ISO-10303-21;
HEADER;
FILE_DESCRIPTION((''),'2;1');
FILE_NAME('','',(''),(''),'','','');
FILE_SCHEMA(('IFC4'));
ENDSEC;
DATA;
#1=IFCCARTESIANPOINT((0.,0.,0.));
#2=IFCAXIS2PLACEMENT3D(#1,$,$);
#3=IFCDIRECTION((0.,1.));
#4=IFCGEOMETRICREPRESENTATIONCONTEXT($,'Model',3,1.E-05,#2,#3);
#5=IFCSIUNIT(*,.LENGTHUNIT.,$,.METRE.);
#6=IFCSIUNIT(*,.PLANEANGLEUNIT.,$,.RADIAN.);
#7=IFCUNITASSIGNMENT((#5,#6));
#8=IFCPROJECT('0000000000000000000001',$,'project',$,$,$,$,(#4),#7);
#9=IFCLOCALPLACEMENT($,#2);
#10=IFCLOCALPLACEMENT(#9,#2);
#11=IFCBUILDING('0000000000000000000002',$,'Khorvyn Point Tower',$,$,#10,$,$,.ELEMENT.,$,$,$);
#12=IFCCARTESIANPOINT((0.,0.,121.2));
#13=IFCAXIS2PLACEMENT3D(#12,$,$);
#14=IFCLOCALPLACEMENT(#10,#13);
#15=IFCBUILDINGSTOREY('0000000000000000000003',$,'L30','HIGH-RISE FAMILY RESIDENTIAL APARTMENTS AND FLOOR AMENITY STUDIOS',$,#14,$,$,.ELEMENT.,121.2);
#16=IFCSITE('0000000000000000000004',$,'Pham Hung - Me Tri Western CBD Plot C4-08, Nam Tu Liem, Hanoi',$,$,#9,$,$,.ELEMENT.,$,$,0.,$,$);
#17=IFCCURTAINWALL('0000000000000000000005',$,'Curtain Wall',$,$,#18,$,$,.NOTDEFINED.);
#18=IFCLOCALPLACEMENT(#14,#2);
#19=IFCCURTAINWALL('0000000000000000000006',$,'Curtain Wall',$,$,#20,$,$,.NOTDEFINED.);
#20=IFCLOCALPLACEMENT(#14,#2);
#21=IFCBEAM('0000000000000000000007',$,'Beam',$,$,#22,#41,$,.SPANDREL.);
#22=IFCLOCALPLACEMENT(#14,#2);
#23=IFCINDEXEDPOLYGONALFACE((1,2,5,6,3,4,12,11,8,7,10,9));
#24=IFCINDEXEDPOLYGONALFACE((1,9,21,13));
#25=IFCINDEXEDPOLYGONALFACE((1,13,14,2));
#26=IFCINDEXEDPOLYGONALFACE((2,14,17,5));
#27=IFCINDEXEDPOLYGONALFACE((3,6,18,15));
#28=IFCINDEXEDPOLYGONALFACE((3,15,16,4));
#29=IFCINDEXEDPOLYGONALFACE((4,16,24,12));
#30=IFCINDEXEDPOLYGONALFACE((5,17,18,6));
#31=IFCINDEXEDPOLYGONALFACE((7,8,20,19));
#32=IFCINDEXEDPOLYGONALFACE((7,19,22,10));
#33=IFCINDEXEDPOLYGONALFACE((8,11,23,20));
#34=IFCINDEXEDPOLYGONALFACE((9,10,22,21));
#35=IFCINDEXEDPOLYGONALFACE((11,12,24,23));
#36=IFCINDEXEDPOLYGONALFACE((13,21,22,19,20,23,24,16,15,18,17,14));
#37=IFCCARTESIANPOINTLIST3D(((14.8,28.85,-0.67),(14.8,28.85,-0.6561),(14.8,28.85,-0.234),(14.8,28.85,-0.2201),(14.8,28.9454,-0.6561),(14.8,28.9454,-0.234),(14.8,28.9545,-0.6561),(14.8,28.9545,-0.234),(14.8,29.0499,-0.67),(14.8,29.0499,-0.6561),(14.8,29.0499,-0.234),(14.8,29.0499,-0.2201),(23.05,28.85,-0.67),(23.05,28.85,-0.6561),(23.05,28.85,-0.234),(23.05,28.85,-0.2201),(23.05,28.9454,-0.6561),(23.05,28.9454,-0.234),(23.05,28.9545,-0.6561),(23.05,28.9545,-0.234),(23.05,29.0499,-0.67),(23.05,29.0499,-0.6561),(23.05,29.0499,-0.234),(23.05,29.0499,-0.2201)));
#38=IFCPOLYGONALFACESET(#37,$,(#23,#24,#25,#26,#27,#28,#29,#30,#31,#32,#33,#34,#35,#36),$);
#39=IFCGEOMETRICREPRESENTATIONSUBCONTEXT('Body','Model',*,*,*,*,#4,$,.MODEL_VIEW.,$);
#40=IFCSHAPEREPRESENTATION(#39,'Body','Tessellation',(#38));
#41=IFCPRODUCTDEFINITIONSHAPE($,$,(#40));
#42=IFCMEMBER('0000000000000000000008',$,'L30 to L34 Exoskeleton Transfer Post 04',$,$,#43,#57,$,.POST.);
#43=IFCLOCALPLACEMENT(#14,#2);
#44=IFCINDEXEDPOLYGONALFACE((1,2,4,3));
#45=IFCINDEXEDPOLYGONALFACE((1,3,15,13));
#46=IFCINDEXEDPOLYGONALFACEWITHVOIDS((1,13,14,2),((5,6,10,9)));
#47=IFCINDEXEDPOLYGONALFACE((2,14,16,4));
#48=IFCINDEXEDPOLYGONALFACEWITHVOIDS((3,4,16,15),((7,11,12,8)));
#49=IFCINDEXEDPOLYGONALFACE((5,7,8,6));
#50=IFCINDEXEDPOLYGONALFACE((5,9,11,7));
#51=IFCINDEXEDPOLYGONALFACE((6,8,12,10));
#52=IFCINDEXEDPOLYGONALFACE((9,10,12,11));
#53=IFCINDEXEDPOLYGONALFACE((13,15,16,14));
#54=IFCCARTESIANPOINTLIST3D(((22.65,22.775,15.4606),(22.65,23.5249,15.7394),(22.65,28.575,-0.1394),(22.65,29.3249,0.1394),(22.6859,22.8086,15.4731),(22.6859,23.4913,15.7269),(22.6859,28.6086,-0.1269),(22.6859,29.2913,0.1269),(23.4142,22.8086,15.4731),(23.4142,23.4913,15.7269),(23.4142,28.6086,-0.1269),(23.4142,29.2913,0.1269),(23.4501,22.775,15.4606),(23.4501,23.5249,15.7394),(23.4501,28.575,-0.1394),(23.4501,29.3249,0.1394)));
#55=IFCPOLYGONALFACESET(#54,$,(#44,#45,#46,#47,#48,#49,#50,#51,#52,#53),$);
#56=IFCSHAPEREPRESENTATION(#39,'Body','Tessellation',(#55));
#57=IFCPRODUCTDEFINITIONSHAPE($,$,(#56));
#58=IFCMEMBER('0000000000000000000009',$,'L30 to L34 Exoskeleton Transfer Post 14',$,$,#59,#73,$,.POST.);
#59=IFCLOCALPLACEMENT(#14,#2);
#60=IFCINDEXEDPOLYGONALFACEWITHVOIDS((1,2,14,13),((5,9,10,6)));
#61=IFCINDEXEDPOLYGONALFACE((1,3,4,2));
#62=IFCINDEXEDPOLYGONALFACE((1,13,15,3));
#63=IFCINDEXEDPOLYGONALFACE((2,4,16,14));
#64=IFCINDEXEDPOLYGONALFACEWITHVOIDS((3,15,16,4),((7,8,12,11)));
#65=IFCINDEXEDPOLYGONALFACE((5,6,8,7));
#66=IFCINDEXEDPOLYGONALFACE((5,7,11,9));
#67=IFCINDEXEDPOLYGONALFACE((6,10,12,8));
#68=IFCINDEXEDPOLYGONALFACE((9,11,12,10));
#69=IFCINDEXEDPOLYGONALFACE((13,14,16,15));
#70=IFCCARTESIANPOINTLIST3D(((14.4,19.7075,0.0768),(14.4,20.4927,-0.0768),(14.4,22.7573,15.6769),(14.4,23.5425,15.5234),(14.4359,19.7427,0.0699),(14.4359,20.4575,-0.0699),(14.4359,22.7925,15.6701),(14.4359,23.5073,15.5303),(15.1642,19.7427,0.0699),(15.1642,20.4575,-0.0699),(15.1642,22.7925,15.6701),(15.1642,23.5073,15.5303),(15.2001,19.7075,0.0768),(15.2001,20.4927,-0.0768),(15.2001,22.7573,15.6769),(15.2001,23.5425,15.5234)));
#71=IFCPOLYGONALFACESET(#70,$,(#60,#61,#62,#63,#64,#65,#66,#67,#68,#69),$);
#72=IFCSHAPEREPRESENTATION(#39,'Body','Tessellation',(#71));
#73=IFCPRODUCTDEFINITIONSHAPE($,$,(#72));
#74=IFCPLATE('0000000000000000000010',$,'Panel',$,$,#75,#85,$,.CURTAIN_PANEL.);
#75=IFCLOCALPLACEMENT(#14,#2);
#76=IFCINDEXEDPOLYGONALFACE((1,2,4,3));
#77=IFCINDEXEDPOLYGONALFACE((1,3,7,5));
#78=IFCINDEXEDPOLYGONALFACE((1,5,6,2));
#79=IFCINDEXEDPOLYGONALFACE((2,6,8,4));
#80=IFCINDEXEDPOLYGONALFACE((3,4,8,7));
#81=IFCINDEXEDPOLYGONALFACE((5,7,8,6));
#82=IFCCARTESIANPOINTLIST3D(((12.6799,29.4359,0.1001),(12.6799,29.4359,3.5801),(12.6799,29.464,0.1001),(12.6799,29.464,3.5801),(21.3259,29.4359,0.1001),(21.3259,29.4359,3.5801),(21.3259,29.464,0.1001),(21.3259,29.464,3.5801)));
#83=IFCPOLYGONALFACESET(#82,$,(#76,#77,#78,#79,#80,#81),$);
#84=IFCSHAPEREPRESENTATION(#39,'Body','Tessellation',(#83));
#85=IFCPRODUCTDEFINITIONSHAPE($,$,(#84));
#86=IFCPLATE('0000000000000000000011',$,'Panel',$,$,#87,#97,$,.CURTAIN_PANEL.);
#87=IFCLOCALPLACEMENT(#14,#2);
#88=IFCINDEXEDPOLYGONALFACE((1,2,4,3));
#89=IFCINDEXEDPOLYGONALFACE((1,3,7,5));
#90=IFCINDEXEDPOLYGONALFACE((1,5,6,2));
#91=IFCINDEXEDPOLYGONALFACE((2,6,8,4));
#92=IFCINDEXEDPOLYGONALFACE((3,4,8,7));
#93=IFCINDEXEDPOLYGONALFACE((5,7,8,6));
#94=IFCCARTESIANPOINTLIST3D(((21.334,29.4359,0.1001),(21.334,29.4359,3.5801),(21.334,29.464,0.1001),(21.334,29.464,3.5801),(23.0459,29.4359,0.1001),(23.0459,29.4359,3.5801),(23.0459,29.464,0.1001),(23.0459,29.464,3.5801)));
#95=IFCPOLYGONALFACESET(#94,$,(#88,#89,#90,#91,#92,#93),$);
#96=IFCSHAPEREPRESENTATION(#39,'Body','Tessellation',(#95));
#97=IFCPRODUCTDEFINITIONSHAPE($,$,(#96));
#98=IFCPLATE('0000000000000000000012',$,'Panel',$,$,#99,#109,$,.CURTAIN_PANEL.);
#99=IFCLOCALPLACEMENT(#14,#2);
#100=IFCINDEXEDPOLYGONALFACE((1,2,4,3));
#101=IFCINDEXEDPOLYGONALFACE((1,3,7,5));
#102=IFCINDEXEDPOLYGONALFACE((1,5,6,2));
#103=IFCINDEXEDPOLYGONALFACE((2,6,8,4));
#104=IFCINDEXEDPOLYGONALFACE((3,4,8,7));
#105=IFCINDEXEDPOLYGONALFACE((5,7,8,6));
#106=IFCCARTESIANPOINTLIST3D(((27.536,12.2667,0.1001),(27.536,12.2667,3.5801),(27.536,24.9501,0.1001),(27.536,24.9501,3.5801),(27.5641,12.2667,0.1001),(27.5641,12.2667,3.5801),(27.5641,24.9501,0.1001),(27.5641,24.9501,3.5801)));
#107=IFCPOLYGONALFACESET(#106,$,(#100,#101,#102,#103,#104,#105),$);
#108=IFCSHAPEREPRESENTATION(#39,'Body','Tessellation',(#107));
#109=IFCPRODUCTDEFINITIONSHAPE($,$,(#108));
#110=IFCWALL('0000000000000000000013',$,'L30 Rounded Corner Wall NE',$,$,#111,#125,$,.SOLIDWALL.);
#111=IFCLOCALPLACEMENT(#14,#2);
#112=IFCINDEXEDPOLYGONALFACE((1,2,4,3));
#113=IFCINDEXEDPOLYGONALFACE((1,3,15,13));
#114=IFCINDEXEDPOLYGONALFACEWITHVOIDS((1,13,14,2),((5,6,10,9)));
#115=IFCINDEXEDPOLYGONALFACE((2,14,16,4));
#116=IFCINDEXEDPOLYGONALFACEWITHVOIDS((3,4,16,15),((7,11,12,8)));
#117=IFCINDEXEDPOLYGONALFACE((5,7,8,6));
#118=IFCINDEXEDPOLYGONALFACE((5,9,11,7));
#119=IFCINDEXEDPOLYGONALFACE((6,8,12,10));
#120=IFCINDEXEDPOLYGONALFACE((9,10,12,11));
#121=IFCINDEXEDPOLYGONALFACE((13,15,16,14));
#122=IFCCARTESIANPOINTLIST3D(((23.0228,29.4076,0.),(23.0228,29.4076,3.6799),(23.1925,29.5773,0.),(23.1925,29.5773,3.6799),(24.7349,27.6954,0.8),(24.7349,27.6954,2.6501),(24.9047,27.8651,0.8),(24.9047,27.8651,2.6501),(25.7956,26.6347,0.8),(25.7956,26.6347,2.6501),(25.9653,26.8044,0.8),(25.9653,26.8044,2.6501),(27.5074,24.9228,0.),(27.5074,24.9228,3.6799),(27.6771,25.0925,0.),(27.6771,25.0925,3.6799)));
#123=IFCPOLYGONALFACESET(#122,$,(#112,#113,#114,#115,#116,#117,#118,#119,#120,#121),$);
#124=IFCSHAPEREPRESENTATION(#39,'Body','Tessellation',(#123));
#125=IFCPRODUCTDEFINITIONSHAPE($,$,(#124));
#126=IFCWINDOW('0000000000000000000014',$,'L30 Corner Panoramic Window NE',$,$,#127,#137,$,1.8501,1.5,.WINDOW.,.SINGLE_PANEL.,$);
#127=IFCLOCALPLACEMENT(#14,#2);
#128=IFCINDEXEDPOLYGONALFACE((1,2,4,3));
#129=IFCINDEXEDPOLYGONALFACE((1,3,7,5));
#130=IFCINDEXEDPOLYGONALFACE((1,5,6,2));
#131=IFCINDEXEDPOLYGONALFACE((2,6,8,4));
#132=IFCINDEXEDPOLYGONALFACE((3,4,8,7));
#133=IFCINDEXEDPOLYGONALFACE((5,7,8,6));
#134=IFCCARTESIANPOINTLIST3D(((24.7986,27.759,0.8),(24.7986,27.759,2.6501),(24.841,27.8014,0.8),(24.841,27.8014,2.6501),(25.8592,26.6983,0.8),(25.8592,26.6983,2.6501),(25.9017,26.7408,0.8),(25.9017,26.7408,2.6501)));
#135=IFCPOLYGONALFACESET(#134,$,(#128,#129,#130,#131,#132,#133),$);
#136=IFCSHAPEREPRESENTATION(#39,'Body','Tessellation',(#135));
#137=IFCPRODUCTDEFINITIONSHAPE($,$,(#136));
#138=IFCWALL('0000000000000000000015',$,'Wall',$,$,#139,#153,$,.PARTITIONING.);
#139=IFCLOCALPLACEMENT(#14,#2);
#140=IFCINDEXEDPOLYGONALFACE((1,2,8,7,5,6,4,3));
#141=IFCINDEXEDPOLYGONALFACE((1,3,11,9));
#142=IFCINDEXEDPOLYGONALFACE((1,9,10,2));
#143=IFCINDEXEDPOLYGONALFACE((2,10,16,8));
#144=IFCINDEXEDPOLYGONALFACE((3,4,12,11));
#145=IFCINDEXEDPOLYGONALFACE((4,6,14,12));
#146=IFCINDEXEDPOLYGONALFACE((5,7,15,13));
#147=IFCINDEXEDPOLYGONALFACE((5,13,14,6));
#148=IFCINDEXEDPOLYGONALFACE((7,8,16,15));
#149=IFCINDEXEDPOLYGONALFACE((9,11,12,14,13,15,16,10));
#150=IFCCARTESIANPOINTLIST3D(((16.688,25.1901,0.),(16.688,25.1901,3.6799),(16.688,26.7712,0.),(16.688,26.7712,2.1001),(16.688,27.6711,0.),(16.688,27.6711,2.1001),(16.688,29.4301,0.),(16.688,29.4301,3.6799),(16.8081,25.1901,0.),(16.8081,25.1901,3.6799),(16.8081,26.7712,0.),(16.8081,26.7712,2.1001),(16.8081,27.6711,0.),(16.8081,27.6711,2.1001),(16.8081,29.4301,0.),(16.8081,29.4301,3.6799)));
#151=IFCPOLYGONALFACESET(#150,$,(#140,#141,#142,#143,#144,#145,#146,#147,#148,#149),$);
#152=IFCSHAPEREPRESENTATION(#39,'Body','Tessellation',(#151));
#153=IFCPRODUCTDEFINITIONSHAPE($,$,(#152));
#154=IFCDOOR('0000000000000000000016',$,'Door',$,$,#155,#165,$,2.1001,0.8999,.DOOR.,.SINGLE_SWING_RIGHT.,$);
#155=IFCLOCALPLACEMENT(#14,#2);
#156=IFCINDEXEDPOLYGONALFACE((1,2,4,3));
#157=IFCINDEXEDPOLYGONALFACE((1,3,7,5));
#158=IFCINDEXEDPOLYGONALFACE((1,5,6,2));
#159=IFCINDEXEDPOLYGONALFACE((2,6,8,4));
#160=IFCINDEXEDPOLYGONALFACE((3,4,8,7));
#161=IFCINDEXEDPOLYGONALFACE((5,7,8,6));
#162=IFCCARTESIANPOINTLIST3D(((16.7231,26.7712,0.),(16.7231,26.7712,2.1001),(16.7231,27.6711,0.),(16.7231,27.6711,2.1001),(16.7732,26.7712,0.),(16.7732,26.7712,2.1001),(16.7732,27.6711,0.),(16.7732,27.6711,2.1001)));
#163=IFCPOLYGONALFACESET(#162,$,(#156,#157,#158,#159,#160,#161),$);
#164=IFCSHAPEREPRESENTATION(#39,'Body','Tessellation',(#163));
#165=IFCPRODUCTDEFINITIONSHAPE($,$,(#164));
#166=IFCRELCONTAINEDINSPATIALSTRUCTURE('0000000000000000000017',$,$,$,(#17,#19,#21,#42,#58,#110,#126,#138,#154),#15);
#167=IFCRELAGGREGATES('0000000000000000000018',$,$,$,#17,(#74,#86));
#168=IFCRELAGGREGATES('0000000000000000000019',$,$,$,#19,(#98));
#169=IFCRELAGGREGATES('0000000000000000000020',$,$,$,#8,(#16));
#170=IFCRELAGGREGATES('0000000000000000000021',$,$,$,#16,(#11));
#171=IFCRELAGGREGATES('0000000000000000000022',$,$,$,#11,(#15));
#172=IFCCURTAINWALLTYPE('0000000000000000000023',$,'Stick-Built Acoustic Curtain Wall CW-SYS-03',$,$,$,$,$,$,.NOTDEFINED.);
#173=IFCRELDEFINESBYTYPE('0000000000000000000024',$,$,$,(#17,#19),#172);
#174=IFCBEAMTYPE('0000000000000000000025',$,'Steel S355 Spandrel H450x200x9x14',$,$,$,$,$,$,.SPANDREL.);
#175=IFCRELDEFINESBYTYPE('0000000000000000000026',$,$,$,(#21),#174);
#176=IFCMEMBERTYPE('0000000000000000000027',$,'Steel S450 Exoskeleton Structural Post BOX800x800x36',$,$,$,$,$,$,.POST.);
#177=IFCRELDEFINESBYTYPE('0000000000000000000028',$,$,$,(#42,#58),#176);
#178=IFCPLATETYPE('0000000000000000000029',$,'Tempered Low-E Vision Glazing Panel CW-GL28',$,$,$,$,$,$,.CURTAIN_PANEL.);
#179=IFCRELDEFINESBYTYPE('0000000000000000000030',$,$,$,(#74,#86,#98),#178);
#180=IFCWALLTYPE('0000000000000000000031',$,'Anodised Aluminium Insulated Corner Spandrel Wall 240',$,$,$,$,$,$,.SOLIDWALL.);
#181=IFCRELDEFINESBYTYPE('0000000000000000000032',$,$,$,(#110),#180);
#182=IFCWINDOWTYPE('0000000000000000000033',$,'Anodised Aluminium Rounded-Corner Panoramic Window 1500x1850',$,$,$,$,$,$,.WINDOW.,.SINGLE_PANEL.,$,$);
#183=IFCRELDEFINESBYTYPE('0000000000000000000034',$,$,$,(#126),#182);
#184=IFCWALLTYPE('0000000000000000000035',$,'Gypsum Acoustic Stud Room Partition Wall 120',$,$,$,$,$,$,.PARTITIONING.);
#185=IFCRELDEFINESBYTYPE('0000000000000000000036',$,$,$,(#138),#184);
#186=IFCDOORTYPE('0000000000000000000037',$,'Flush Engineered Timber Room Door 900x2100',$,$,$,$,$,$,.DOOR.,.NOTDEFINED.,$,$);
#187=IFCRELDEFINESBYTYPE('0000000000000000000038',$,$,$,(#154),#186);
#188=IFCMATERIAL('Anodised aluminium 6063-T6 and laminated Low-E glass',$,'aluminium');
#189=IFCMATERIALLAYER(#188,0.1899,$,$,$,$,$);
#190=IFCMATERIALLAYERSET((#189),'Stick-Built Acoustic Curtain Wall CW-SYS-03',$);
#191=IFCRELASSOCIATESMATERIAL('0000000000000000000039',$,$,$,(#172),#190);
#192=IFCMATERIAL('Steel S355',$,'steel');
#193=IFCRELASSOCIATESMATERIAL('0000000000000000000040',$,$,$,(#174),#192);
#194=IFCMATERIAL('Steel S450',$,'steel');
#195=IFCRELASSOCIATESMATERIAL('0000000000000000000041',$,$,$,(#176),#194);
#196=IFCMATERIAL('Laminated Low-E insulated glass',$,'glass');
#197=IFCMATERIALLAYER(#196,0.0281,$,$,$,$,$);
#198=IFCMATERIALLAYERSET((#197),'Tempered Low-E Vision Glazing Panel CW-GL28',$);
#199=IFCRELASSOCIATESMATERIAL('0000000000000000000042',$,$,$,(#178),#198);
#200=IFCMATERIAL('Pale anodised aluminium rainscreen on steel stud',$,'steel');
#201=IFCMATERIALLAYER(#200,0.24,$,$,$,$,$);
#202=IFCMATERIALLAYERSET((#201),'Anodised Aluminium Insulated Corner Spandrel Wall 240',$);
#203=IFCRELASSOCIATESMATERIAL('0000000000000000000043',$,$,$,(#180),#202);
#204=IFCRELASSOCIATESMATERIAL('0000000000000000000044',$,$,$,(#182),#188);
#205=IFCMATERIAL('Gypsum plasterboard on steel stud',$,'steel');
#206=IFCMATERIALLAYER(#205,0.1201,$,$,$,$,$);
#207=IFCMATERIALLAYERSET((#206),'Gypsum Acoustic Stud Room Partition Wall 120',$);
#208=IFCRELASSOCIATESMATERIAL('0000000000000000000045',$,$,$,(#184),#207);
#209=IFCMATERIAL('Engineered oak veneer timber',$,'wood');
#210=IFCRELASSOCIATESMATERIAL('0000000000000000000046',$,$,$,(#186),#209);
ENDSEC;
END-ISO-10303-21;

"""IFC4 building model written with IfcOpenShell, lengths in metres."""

from ifc_helpers import new_model, si_unit, direction, frame, frame_2d, origin, origin_2d, place, context, subcontext, project, spatial, rectangle, hollow_rectangle, i_section, extrude, material, layer, layer_set, material_profile, profile_set, type_object, element, fill, aggregate, save


model = new_model("IFC4")

# Units and contexts
model_context = context("Model", 3, precision=1e-05, world=origin(), true_north=direction((0.0, 1.0)))
body_context = subcontext(model_context, "Body", "Model", "MODEL_VIEW")
ifc_project = project(units=[si_unit("LENGTHUNIT", "METRE"), si_unit("PLANEANGLEUNIT", "RADIAN")], contexts=[model_context])

# Site, building, storey
site_placement = place(None, origin())
site = spatial("IfcSite", under=ifc_project, at=site_placement, Name="Pham Hung - Me Tri Western CBD Plot C4-08, Nam Tu Liem, Hanoi", CompositionType="ELEMENT", RefElevation=0.0)
building_placement = place(site_placement, origin())
building = spatial("IfcBuilding", under=site, at=building_placement, Name="Khorvyn Point Tower", CompositionType="ELEMENT")
storey_placement = place(building_placement, frame((0.0, 0.0, 121.2)))
storey = spatial("IfcBuildingStorey", under=building, at=storey_placement, Name="L30", Description="HIGH-RISE FAMILY RESIDENTIAL APARTMENTS AND FLOOR AMENITY STUDIOS", CompositionType="ELEMENT", Elevation=121.2)

# Shared definitions
ifc_material_1 = material(Name="Steel S450", Category="steel")

# Curtain wall
ifc_material_2 = material(Name="Anodised aluminium 6063-T6 and laminated Low-E glass", Category="aluminium")
ifc_layer_1 = layer(ifc_material_2, 0.1899)
ifc_layer_set_1 = layer_set([ifc_layer_1], Name="Stick-Built Acoustic Curtain Wall CW-SYS-03")
curtain_wall_type = type_object("IfcCurtainWallType", Name="Stick-Built Acoustic Curtain Wall CW-SYS-03", PredefinedType="NOTDEFINED", material=ifc_layer_set_1)
curtain_wall_1_placement = place(storey_placement, origin())
curtain_wall_1 = element("IfcCurtainWall", 1, at=curtain_wall_1_placement, inside=storey, type_object=curtain_wall_type, Name="Curtain Wall", PredefinedType="NOTDEFINED")

# Curtain wall
curtain_wall_2_placement = place(storey_placement, origin())
curtain_wall_2 = element("IfcCurtainWall", 2, at=curtain_wall_2_placement, inside=storey, type_object=curtain_wall_type, Name="Curtain Wall", PredefinedType="NOTDEFINED")

# Beam
ifc_material_3 = material(Name="Steel S355", Category="steel")
ifc_material_profile_1 = material_profile(ifc_material_3, i_section(OverallWidth=0.2, OverallDepth=0.45, WebThickness=0.009, FlangeThickness=0.0139, at=origin_2d()))
ifc_profile_set_1 = profile_set([ifc_material_profile_1], Name="Steel S355 H450x200x9x14")
beam_type_1 = type_object("IfcBeamType", Name="Steel S355 Spandrel H450x200x9x14", PredefinedType="SPANDREL", material=ifc_profile_set_1)
beam_1_placement = place(storey_placement, frame((14.8, 28.95, -0.4451), z_axis=(1.0, 0.0, 0.0), x_axis=(0.0, 1.0, 0.0)))
element("IfcBeam", 3, at=beam_1_placement, inside=storey, type_object=beam_type_1, Name="Beam", PredefinedType="SPANDREL", context=body_context, shape_type="SweptSolid", body=[
    extrude(i_section(OverallWidth=0.2, OverallDepth=0.45, WebThickness=0.009, FlangeThickness=0.0139, at=origin_2d()), origin(), (0.0, 0.0, 1.0), 8.25),
])

# Members
ifc_material_profile_2 = material_profile(ifc_material_1, hollow_rectangle(XDim=0.8, YDim=0.8, WallThickness=0.0359, at=origin_2d()))
ifc_profile_set_2 = profile_set([ifc_material_profile_2], Name="Steel S450 BOX800x800x36")
member_type_1 = type_object("IfcMemberType", Name="Steel S450 Exoskeleton Structural Post BOX800x800x36", PredefinedType="POST", material=ifc_profile_set_2)
member_1_placement = place(storey_placement, frame((23.05, 28.95, 0.0), z_axis=(0.0, -0.348489, 0.937313), x_axis=(1.0, 0.0, 0.0)))
element("IfcMember", 4, at=member_1_placement, inside=storey, type_object=member_type_1, Name="L30 to L34 Exoskeleton Transfer Post 04", PredefinedType="POST", context=body_context, shape_type="SweptSolid", body=[
    extrude(hollow_rectangle(XDim=0.8, YDim=0.8, WallThickness=0.0359, at=origin_2d()), origin(), (0.0, 0.0, 1.0), 16.6433),
])
member_2_placement = place(storey_placement, frame((14.8, 20.1001, 0.0), z_axis=(0.0, 0.191867, 0.981421), x_axis=(-1.0, 0.0, 0.0)))
element("IfcMember", 5, at=member_2_placement, inside=storey, type_object=member_type_1, Name="L30 to L34 Exoskeleton Transfer Post 14", PredefinedType="POST", context=body_context, shape_type="SweptSolid", body=[
    extrude(hollow_rectangle(XDim=0.8, YDim=0.8, WallThickness=0.0359, at=origin_2d()), origin(), (0.0, 0.0, 1.0), 15.8955),
])

# Plates
ifc_material_4 = material(Name="Laminated Low-E insulated glass", Category="glass")
ifc_layer_2 = layer(ifc_material_4, 0.0281)
ifc_layer_set_2 = layer_set([ifc_layer_2], Name="Tempered Low-E Vision Glazing Panel CW-GL28")
plate_type = type_object("IfcPlateType", Name="Tempered Low-E Vision Glazing Panel CW-GL28", PredefinedType="CURTAIN_PANEL", material=ifc_layer_set_2)
plate_1_placement = place(storey_placement, frame((17.0029, 29.45, 0.1001), z_axis=(0.0, 0.0, 1.0), x_axis=(1.0, 0.0, 0.0)))
plate_1 = element("IfcPlate", 6, at=plate_1_placement, type_object=plate_type, Name="Panel", PredefinedType="CURTAIN_PANEL", context=body_context, shape_type="SweptSolid", body=[
    extrude(rectangle(XDim=8.646, YDim=0.0281, at=origin_2d()), origin(), (0.0, 0.0, 1.0), 3.48),
])
plate_2_placement = place(storey_placement, frame((22.1899, 29.45, 0.1001), z_axis=(0.0, 0.0, 1.0), x_axis=(1.0, 0.0, 0.0)))
plate_2 = element("IfcPlate", 7, at=plate_2_placement, type_object=plate_type, Name="Panel", PredefinedType="CURTAIN_PANEL", context=body_context, shape_type="SweptSolid", body=[
    extrude(rectangle(XDim=1.7119, YDim=0.0281, at=origin_2d()), origin(), (0.0, 0.0, 1.0), 3.48),
])
aggregate(curtain_wall_1, [plate_1, plate_2])
plate_3_placement = place(storey_placement, frame((27.55, 18.6084, 0.1001), z_axis=(0.0, 0.0, 1.0), x_axis=(0.0, -1.0, 0.0)))
plate_3 = element("IfcPlate", 8, at=plate_3_placement, type_object=plate_type, Name="Panel", PredefinedType="CURTAIN_PANEL", context=body_context, shape_type="SweptSolid", body=[
    extrude(rectangle(XDim=12.6833, YDim=0.0281, at=origin_2d()), origin(), (0.0, 0.0, 1.0), 3.48),
])
aggregate(curtain_wall_2, [plate_3])

# Wall, opening, window
ifc_material_5 = material(Name="Pale anodised aluminium rainscreen on steel stud", Category="steel")
ifc_layer_3 = layer(ifc_material_5, 0.24)
ifc_layer_set_3 = layer_set([ifc_layer_3], Name="Anodised Aluminium Insulated Corner Spandrel Wall 240")
wall_type_1 = type_object("IfcWallType", Name="Anodised Aluminium Insulated Corner Spandrel Wall 240", PredefinedType="SOLIDWALL", material=ifc_layer_set_3)
wall_1_placement = place(storey_placement, frame((23.1077, 29.4924, 0.0), z_axis=(0.0, 0.0, 1.0), x_axis=(0.707088, -0.707126, 0.0)))
wall_1 = element("IfcWall", 9, at=wall_1_placement, inside=storey, type_object=wall_type_1, Name="L30 Rounded Corner Wall NE", PredefinedType="SOLIDWALL", context=body_context, shape_type="SweptSolid", body=[
    extrude(rectangle(XDim=6.3423, YDim=0.24, at=frame_2d((3.1711, 0.0))), origin(), (0.0, 0.0, 1.0), 3.6799),
])
opening_1_placement = place(wall_1_placement, frame((2.4214, 0.0, 0.8)))
opening_1 = element("IfcOpeningElement", 10, at=opening_1_placement, cuts=wall_1, PredefinedType="OPENING", context=body_context, shape_type="SweptSolid", body=[
    extrude(rectangle(XDim=1.5, YDim=1.8501, at=frame_2d((0.75, 0.925))), frame((0.0, 0.1299, 0.0), z_axis=(0.0, -1.0, 0.0), x_axis=(1.0, 0.0, 0.0)), (0.0, 0.0, 1.0), 0.26),
])
window_type = type_object("IfcWindowType", Name="Anodised Aluminium Rounded-Corner Panoramic Window 1500x1850", PartitioningType="SINGLE_PANEL", PredefinedType="WINDOW", material=ifc_material_2)
window_placement = place(opening_1_placement, origin())
window = element("IfcWindow", 11, at=window_placement, inside=storey, type_object=window_type, Name="L30 Corner Panoramic Window NE", OverallHeight=1.8501, OverallWidth=1.5, PartitioningType="SINGLE_PANEL", PredefinedType="WINDOW", context=body_context, shape_type="SweptSolid", body=[
    extrude(rectangle(XDim=1.5, YDim=1.8501, at=frame_2d((0.75, 0.925))), frame((0.0, 0.03, 0.0), z_axis=(0.0, -1.0, 0.0), x_axis=(1.0, 0.0, 0.0)), (0.0, 0.0, 1.0), 0.0601),
])
fill(opening_1, window)

# Wall, opening, door
ifc_material_6 = material(Name="Gypsum plasterboard on steel stud", Category="steel")
ifc_layer_4 = layer(ifc_material_6, 0.1201)
ifc_layer_set_4 = layer_set([ifc_layer_4], Name="Gypsum Acoustic Stud Room Partition Wall 120")
wall_type_2 = type_object("IfcWallType", Name="Gypsum Acoustic Stud Room Partition Wall 120", PredefinedType="PARTITIONING", material=ifc_layer_set_4)
wall_2_placement = place(storey_placement, frame((16.748, 25.1899, 0.0), z_axis=(0.0, 0.0, 1.0), x_axis=(0.0, 1.0, 0.0)))
wall_2 = element("IfcWall", 12, at=wall_2_placement, inside=storey, type_object=wall_type_2, Name="Wall", PredefinedType="PARTITIONING", context=body_context, shape_type="SweptSolid", body=[
    extrude(rectangle(XDim=4.24, YDim=0.1201, at=frame_2d((2.1201, 0.0))), origin(), (0.0, 0.0, 1.0), 3.6799),
])
opening_2_placement = place(wall_2_placement, frame((1.5813, 0.0, 0.0)))
opening_2 = element("IfcOpeningElement", 13, at=opening_2_placement, cuts=wall_2, PredefinedType="OPENING", context=body_context, shape_type="SweptSolid", body=[
    extrude(rectangle(XDim=0.8999, YDim=2.1001, at=frame_2d((0.45, 1.05))), frame((0.0, 0.0701, 0.0), z_axis=(0.0, -1.0, 0.0), x_axis=(1.0, 0.0, 0.0)), (0.0, 0.0, 1.0), 0.1401),
])
ifc_material_7 = material(Name="Engineered oak veneer timber", Category="wood")
door_type_1 = type_object("IfcDoorType", Name="Flush Engineered Timber Room Door 900x2100", OperationType="NOTDEFINED", PredefinedType="DOOR", material=ifc_material_7)
door_1_placement = place(opening_2_placement, origin())
door_1 = element("IfcDoor", 14, at=door_1_placement, inside=storey, type_object=door_type_1, Name="Door", OperationType="SINGLE_SWING_RIGHT", OverallHeight=2.1001, OverallWidth=0.8999, PredefinedType="DOOR", context=body_context, shape_type="SweptSolid", body=[
    extrude(rectangle(XDim=0.8999, YDim=2.1001, at=frame_2d((0.45, 1.05))), frame((0.0, 0.0249, 0.0), z_axis=(0.0, -1.0, 0.0), x_axis=(1.0, 0.0, 0.0)), (0.0, 0.0, 1.0), 0.05),
])
fill(opening_2, door_1)

save(model, "model.ifc")
